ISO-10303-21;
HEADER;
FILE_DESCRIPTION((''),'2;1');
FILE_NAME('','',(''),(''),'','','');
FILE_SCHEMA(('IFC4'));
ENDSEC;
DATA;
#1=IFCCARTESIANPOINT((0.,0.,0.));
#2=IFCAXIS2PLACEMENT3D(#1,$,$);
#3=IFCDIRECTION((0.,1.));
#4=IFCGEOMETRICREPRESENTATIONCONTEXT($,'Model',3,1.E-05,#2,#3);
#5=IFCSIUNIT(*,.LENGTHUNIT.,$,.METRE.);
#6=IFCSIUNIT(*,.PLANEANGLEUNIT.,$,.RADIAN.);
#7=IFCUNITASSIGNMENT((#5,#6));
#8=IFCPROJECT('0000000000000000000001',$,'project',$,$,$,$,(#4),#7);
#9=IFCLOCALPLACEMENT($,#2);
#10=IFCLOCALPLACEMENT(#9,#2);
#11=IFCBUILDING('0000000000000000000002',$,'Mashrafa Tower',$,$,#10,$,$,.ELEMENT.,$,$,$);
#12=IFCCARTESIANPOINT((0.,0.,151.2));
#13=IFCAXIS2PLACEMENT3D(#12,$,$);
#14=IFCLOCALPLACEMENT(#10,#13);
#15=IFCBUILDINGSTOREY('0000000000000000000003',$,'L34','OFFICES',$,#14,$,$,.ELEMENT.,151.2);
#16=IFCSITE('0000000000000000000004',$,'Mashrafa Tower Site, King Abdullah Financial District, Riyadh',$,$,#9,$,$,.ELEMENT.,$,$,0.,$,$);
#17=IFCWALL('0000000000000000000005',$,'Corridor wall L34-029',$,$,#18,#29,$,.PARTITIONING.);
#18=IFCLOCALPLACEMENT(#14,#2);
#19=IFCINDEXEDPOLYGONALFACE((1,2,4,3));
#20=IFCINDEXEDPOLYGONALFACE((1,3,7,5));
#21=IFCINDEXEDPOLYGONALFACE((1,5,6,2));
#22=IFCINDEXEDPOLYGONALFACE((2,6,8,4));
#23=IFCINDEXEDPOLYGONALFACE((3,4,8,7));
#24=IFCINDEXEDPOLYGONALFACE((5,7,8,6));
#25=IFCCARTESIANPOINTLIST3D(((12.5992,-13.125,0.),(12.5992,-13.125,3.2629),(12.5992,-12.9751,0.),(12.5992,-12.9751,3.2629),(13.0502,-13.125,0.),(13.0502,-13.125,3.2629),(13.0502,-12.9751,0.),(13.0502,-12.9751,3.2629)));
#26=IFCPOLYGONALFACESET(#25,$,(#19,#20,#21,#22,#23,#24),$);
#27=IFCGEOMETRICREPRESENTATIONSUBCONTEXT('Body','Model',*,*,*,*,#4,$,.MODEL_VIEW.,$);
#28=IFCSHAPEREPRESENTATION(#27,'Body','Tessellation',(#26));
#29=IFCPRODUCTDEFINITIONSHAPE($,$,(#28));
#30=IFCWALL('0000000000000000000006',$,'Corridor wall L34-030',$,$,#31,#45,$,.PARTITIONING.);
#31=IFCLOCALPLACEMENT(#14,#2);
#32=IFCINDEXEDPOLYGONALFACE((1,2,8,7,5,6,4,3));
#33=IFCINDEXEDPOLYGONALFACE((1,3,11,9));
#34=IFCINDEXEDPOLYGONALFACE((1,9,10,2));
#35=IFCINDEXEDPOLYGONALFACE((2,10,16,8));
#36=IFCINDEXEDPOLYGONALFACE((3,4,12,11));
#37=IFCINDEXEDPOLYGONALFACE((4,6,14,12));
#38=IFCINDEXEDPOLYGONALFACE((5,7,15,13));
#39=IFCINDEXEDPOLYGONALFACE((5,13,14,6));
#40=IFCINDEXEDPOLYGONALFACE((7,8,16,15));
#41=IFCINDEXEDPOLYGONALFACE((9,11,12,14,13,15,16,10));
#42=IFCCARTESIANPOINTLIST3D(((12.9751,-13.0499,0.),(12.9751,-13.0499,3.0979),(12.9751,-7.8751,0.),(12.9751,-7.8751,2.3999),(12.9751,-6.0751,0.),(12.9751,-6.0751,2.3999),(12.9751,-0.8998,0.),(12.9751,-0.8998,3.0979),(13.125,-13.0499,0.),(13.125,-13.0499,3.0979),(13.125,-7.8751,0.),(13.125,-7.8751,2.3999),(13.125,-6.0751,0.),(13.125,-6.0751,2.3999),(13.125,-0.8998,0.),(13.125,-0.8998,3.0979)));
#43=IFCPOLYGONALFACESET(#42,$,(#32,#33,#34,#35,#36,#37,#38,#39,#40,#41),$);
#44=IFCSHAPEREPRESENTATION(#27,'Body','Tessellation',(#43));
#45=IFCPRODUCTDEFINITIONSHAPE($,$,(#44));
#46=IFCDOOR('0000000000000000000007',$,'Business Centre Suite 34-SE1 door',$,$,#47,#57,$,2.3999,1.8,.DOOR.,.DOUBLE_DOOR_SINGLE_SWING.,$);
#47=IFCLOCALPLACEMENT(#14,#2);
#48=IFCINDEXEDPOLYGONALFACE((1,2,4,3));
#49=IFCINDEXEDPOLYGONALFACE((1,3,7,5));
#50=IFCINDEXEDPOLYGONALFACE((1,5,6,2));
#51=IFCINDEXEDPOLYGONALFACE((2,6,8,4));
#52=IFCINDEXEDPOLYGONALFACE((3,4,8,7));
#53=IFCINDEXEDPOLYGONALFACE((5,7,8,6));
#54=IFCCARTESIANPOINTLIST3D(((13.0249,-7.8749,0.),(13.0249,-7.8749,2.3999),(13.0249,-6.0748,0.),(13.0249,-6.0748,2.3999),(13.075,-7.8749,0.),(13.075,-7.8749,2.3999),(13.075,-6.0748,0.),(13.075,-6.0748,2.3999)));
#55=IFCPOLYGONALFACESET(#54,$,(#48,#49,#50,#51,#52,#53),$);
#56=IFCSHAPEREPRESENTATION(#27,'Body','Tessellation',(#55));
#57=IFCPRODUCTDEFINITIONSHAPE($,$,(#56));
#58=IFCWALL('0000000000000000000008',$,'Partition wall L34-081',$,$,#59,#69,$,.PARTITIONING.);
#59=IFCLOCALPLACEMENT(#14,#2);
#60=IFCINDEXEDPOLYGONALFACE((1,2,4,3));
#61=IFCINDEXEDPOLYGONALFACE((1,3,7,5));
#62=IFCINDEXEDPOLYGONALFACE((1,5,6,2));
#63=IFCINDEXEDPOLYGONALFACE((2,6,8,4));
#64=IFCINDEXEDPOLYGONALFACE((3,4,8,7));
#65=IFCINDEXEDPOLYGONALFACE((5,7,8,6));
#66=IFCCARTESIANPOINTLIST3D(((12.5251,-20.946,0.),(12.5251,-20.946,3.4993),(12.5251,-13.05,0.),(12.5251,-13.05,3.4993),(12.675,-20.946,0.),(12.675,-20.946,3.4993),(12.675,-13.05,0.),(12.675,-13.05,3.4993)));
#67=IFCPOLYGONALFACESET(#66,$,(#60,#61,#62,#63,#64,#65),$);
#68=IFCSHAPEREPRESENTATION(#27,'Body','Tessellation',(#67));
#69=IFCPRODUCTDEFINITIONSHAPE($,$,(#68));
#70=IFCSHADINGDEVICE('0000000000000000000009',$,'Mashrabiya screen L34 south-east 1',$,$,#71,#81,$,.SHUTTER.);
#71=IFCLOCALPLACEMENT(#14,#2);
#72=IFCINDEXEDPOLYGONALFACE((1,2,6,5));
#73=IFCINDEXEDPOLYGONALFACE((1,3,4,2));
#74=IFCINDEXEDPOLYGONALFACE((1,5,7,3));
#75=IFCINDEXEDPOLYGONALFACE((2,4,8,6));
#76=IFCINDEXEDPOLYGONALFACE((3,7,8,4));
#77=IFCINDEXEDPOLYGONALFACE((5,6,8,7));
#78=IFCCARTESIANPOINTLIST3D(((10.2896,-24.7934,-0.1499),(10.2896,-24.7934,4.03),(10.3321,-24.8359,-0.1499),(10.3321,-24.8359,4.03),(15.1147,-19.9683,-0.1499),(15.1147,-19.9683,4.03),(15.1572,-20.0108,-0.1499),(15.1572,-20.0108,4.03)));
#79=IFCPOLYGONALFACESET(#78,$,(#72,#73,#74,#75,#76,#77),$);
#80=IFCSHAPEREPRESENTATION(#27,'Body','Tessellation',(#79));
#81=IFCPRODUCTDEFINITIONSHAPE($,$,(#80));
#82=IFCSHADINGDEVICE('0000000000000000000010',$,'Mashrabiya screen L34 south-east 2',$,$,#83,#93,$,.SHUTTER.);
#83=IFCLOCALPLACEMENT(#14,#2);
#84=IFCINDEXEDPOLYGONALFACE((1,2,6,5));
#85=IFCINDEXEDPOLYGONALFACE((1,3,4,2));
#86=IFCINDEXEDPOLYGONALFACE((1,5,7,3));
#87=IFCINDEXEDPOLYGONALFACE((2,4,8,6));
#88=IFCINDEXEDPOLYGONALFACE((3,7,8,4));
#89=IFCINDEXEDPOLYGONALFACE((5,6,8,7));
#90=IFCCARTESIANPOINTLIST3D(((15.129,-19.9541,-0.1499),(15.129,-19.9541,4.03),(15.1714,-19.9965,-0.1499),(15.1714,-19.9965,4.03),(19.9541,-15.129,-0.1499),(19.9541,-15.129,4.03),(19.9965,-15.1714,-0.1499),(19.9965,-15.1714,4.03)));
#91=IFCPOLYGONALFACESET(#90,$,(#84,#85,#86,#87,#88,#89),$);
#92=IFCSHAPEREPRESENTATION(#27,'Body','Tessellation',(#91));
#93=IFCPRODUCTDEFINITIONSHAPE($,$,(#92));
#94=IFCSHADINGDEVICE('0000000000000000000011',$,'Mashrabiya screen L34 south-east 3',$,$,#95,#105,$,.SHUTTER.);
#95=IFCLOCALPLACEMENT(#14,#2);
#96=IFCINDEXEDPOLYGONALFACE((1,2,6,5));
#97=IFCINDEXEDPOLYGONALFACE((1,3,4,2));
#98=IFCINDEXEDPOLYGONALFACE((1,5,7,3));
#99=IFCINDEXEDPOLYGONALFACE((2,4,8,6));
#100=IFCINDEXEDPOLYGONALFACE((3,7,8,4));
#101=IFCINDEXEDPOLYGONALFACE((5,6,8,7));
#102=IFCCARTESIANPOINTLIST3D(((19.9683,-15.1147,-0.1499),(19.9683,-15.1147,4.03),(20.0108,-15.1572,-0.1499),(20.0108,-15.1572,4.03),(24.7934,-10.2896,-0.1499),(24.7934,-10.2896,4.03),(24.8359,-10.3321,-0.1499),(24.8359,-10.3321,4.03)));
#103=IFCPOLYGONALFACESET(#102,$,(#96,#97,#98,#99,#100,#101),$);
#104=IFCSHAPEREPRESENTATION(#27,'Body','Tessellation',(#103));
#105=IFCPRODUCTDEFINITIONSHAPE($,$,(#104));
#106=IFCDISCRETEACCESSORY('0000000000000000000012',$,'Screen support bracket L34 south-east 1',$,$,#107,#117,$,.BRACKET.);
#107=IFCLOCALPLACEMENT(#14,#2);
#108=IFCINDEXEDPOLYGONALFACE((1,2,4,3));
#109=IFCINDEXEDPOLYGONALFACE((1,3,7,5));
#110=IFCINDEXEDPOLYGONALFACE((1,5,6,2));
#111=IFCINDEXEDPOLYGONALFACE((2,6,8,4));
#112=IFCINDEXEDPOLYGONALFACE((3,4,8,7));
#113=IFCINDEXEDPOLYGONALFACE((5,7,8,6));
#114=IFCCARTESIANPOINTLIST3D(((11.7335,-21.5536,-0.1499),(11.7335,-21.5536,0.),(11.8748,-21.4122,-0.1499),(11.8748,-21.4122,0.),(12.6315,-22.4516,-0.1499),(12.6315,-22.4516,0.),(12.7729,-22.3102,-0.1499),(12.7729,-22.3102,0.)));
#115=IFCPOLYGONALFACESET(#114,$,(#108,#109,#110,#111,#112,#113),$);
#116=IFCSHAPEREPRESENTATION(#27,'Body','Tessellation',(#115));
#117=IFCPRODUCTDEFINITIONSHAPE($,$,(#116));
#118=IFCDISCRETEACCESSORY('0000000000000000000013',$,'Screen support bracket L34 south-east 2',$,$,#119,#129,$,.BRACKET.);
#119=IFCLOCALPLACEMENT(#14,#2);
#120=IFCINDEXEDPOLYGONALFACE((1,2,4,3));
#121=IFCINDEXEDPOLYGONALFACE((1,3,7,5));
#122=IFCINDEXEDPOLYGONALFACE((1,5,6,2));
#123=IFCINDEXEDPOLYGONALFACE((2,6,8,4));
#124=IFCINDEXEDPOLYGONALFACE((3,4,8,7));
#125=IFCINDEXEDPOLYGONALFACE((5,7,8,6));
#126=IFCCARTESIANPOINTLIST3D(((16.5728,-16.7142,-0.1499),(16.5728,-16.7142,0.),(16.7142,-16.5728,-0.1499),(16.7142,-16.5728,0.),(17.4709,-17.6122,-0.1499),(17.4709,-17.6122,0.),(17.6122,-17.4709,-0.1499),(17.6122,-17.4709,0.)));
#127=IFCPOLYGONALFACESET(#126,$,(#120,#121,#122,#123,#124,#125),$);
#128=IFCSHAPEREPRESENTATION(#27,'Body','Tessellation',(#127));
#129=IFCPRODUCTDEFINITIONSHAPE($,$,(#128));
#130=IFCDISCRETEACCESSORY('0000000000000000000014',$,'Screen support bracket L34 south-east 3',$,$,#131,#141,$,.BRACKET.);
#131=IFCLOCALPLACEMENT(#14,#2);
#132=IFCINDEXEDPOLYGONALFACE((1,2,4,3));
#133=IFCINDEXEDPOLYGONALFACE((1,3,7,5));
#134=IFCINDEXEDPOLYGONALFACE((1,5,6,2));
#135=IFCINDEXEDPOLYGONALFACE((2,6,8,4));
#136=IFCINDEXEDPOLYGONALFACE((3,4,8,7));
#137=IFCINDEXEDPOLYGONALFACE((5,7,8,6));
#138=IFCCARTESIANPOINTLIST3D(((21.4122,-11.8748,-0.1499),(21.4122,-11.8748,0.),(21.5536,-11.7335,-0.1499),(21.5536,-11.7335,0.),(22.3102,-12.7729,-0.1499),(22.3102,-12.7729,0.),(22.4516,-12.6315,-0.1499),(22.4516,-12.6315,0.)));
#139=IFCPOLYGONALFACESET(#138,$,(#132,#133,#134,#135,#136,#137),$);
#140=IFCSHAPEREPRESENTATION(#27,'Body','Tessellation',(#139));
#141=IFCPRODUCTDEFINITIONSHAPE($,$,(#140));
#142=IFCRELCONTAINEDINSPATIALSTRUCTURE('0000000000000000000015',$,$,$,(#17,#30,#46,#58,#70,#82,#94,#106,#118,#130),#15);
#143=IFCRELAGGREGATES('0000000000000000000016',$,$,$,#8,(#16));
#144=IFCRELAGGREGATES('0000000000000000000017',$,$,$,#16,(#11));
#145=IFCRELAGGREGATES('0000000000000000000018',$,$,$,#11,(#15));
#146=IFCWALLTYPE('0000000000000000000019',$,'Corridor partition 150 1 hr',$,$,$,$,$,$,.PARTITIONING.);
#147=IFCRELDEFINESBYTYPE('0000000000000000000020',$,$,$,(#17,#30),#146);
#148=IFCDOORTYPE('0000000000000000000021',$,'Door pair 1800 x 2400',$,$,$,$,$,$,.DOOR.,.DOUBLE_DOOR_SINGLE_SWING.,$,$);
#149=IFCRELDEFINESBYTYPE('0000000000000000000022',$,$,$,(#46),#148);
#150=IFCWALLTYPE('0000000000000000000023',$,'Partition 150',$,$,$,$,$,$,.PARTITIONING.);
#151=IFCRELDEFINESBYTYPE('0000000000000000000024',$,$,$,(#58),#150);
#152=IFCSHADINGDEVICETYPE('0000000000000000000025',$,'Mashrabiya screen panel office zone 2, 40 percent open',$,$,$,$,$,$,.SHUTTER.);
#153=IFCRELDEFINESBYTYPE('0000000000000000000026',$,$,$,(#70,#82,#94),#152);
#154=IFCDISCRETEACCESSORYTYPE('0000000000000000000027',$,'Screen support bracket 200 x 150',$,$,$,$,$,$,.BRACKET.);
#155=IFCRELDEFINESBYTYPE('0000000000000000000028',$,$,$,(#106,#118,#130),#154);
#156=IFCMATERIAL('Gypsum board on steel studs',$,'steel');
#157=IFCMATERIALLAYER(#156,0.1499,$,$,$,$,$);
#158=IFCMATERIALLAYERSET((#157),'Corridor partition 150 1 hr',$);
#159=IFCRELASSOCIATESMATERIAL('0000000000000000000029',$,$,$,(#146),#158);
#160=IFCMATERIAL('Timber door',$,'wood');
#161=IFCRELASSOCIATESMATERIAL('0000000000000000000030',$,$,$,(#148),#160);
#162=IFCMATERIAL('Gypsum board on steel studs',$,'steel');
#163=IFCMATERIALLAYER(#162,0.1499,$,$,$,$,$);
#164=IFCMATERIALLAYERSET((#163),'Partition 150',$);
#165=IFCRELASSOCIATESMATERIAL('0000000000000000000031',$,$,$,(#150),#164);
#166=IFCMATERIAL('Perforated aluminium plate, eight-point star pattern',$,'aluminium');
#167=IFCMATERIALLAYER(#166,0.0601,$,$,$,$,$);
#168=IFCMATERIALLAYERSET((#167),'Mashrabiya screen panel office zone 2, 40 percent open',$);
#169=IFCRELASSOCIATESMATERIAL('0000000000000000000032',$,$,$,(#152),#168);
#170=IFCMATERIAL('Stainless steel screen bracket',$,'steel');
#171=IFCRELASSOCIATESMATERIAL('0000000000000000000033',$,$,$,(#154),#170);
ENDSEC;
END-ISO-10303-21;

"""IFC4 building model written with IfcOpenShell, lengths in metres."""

from ifc_helpers import new_model, si_unit, direction, frame, frame_2d, origin, origin_2d, place, context, subcontext, project, spatial, rectangle, extrude, source, transform, mapped, material, layer, layer_set, type_object, type_shapes, element, fill, save


model = new_model("IFC4")

# Units and contexts
model_context = context("Model", 3, precision=1e-05, world=origin(), true_north=direction((0.0, 1.0)))
body_context = subcontext(model_context, "Body", "Model", "MODEL_VIEW")
ifc_project = project(units=[si_unit("LENGTHUNIT", "METRE"), si_unit("PLANEANGLEUNIT", "RADIAN")], contexts=[model_context])

# Site, building, storey
site_placement = place(None, origin())
site = spatial("IfcSite", under=ifc_project, at=site_placement, Name="Mashrafa Tower Site, King Abdullah Financial District, Riyadh", CompositionType="ELEMENT", RefElevation=0.0)
building_placement = place(site_placement, origin())
building = spatial("IfcBuilding", under=site, at=building_placement, Name="Mashrafa Tower", CompositionType="ELEMENT")
storey_placement = place(building_placement, frame((0.0, 0.0, 151.2)))
storey = spatial("IfcBuildingStorey", under=building, at=storey_placement, Name="L34", Description="OFFICES", CompositionType="ELEMENT", Elevation=151.2)

# Wall
ifc_material_1 = material(Name="Gypsum board on steel studs", Category="steel")
ifc_layer_1 = layer(ifc_material_1, 0.1499)
ifc_layer_set_1 = layer_set([ifc_layer_1], Name="Corridor partition 150 1 hr")
wall_type_1 = type_object("IfcWallType", Name="Corridor partition 150 1 hr", PredefinedType="PARTITIONING", material=ifc_layer_set_1)
wall_1_placement = place(storey_placement, frame((12.5991, -13.05, 0.0), z_axis=(0.0, 0.0, 1.0), x_axis=(1.0, 0.0, 0.0)))
element("IfcWall", 1, at=wall_1_placement, inside=storey, type_object=wall_type_1, Name="Corridor wall L34-029", PredefinedType="PARTITIONING", context=body_context, shape_type="SweptSolid", body=[
    extrude(rectangle(XDim=0.4509, YDim=0.1499, at=frame_2d((0.2256, 0.0))), origin(), (0.0, 0.0, 1.0), 3.2629),
])

# Wall, opening, door
wall_2_placement = place(storey_placement, frame((13.05, -13.05, 0.0), z_axis=(0.0, 0.0, 1.0), x_axis=(0.0, 1.0, 0.0)))
wall_2 = element("IfcWall", 2, at=wall_2_placement, inside=storey, type_object=wall_type_1, Name="Corridor wall L34-030", PredefinedType="PARTITIONING", context=body_context, shape_type="SweptSolid", body=[
    extrude(rectangle(XDim=12.1501, YDim=0.1499, at=frame_2d((6.0752, 0.0))), origin(), (0.0, 0.0, 1.0), 3.0979),
])
opening_placement = place(wall_2_placement, frame((5.175, 0.0, 0.0)))
opening = element("IfcOpeningElement", 3, at=opening_placement, cuts=wall_2, PredefinedType="OPENING", context=body_context, shape_type="SweptSolid", body=[
    extrude(rectangle(XDim=1.8, YDim=2.3999, at=frame_2d((0.8999, 1.2))), frame((0.0, 0.085, 0.0), z_axis=(0.0, -1.0, 0.0), x_axis=(1.0, 0.0, 0.0)), (0.0, 0.0, 1.0), 0.1699),
])
ifc_material_2 = material(Name="Timber door", Category="wood")
door_type = type_object("IfcDoorType", Name="Door pair 1800 x 2400", OperationType="DOUBLE_DOOR_SINGLE_SWING", PredefinedType="DOOR", material=ifc_material_2)
door_placement = place(opening_placement, frame((1.8, 0.0, 0.0), z_axis=(0.0, 0.0, 1.0), x_axis=(-1.0, 0.0, 0.0)))
door = element("IfcDoor", 4, at=door_placement, inside=storey, type_object=door_type, Name="Business Centre Suite 34-SE1 door", OperationType="DOUBLE_DOOR_SINGLE_SWING", OverallHeight=2.3999, OverallWidth=1.8, PredefinedType="DOOR", context=body_context, shape_type="SweptSolid", body=[
    extrude(rectangle(XDim=1.8, YDim=2.3999, at=frame_2d((0.8999, 1.2))), frame((0.0, 0.0249, 0.0), z_axis=(0.0, -1.0, 0.0), x_axis=(1.0, 0.0, 0.0)), (0.0, 0.0, 1.0), 0.05),
])
fill(opening, door)

# Wall
ifc_material_3 = material(Name="Gypsum board on steel studs", Category="steel")
ifc_layer_2 = layer(ifc_material_3, 0.1499)
ifc_layer_set_2 = layer_set([ifc_layer_2], Name="Partition 150")
wall_type_2 = type_object("IfcWallType", Name="Partition 150", PredefinedType="PARTITIONING", material=ifc_layer_set_2)
wall_3_placement = place(storey_placement, frame((12.6001, -13.05, 0.0), z_axis=(0.0, 0.0, 1.0), x_axis=(0.0, -1.0, 0.0)))
element("IfcWall", 5, at=wall_3_placement, inside=storey, type_object=wall_type_2, Name="Partition wall L34-081", PredefinedType="PARTITIONING", context=body_context, shape_type="SweptSolid", body=[
    extrude(rectangle(XDim=7.896, YDim=0.1499, at=frame_2d((3.948, 0.0))), origin(), (0.0, 0.0, 1.0), 3.4993),
])

# Shading devices
ifc_material_4 = material(Name="Perforated aluminium plate, eight-point star pattern", Category="aluminium")
ifc_layer_3 = layer(ifc_material_4, 0.0601)
ifc_layer_set_3 = layer_set([ifc_layer_3], Name="Mashrabiya screen panel office zone 2, 40 percent open")
shading_device_type = type_object("IfcShadingDeviceType", Name="Mashrabiya screen panel office zone 2, 40 percent open", PredefinedType="SHUTTER", material=ifc_layer_set_3)
shared_shape_1 = source(origin(), body_context, "Body", "SweptSolid", [
    extrude(rectangle(XDim=6.8237, YDim=0.0601, at=origin_2d()), origin(), (0.0, 0.0, 1.0), 4.1799),
])
type_shapes(shading_device_type, [shared_shape_1])
for number, where, z_axis, x_axis, name in (
    (6, (12.7234, -22.4021, -0.1499), (0.0, 0.0, 1.0), (0.707107, 0.707107, 0.0), "Mashrabiya screen L34 south-east 1"),
    (7, (17.5627, -17.5627, -0.1499), (0.0, 0.0, 1.0), (0.707107, 0.707107, 0.0), "Mashrabiya screen L34 south-east 2"),
    (8, (22.4021, -12.7234, -0.1499), (0.0, 0.0, 1.0), (0.707107, 0.707107, 0.0), "Mashrabiya screen L34 south-east 3"),
):
    element("IfcShadingDevice", number, at=place(storey_placement, frame(where, z_axis=z_axis, x_axis=x_axis)), inside=storey, type_object=shading_device_type, Name=name, PredefinedType="SHUTTER", context=body_context, shape_type="MappedRepresentation", body=[
        mapped(shared_shape_1, transform((0.0, 0.0, 0.0))),
    ])

# Discrete accessories
ifc_material_5 = material(Name="Stainless steel screen bracket", Category="steel")
discrete_accessory_type = type_object("IfcDiscreteAccessoryType", Name="Screen support bracket 200 x 150", PredefinedType="BRACKET", material=ifc_material_5)
shared_shape_2 = source(origin(), body_context, "Body", "SweptSolid", [
    extrude(rectangle(XDim=0.2, YDim=1.27, at=origin_2d()), origin(), (0.0, 0.0, 1.0), 0.1499),
])
type_shapes(discrete_accessory_type, [shared_shape_2])
for number, where, z_axis, x_axis, name in (
    (9, (12.2532, -21.9319, -0.1499), (0.0, 0.0, 1.0), (0.707107, 0.707107, 0.0), "Screen support bracket L34 south-east 1"),
    (10, (17.0925, -17.0925, -0.1499), (0.0, 0.0, 1.0), (0.707107, 0.707107, 0.0), "Screen support bracket L34 south-east 2"),
    (11, (21.9319, -12.2532, -0.1499), (0.0, 0.0, 1.0), (0.707107, 0.707107, 0.0), "Screen support bracket L34 south-east 3"),
):
    element("IfcDiscreteAccessory", number, at=place(storey_placement, frame(where, z_axis=z_axis, x_axis=x_axis)), inside=storey, type_object=discrete_accessory_type, Name=name, PredefinedType="BRACKET", context=body_context, shape_type="MappedRepresentation", body=[
        mapped(shared_shape_2, transform((0.0, 0.0, 0.0))),
    ])

save(model, "model.ifc")
